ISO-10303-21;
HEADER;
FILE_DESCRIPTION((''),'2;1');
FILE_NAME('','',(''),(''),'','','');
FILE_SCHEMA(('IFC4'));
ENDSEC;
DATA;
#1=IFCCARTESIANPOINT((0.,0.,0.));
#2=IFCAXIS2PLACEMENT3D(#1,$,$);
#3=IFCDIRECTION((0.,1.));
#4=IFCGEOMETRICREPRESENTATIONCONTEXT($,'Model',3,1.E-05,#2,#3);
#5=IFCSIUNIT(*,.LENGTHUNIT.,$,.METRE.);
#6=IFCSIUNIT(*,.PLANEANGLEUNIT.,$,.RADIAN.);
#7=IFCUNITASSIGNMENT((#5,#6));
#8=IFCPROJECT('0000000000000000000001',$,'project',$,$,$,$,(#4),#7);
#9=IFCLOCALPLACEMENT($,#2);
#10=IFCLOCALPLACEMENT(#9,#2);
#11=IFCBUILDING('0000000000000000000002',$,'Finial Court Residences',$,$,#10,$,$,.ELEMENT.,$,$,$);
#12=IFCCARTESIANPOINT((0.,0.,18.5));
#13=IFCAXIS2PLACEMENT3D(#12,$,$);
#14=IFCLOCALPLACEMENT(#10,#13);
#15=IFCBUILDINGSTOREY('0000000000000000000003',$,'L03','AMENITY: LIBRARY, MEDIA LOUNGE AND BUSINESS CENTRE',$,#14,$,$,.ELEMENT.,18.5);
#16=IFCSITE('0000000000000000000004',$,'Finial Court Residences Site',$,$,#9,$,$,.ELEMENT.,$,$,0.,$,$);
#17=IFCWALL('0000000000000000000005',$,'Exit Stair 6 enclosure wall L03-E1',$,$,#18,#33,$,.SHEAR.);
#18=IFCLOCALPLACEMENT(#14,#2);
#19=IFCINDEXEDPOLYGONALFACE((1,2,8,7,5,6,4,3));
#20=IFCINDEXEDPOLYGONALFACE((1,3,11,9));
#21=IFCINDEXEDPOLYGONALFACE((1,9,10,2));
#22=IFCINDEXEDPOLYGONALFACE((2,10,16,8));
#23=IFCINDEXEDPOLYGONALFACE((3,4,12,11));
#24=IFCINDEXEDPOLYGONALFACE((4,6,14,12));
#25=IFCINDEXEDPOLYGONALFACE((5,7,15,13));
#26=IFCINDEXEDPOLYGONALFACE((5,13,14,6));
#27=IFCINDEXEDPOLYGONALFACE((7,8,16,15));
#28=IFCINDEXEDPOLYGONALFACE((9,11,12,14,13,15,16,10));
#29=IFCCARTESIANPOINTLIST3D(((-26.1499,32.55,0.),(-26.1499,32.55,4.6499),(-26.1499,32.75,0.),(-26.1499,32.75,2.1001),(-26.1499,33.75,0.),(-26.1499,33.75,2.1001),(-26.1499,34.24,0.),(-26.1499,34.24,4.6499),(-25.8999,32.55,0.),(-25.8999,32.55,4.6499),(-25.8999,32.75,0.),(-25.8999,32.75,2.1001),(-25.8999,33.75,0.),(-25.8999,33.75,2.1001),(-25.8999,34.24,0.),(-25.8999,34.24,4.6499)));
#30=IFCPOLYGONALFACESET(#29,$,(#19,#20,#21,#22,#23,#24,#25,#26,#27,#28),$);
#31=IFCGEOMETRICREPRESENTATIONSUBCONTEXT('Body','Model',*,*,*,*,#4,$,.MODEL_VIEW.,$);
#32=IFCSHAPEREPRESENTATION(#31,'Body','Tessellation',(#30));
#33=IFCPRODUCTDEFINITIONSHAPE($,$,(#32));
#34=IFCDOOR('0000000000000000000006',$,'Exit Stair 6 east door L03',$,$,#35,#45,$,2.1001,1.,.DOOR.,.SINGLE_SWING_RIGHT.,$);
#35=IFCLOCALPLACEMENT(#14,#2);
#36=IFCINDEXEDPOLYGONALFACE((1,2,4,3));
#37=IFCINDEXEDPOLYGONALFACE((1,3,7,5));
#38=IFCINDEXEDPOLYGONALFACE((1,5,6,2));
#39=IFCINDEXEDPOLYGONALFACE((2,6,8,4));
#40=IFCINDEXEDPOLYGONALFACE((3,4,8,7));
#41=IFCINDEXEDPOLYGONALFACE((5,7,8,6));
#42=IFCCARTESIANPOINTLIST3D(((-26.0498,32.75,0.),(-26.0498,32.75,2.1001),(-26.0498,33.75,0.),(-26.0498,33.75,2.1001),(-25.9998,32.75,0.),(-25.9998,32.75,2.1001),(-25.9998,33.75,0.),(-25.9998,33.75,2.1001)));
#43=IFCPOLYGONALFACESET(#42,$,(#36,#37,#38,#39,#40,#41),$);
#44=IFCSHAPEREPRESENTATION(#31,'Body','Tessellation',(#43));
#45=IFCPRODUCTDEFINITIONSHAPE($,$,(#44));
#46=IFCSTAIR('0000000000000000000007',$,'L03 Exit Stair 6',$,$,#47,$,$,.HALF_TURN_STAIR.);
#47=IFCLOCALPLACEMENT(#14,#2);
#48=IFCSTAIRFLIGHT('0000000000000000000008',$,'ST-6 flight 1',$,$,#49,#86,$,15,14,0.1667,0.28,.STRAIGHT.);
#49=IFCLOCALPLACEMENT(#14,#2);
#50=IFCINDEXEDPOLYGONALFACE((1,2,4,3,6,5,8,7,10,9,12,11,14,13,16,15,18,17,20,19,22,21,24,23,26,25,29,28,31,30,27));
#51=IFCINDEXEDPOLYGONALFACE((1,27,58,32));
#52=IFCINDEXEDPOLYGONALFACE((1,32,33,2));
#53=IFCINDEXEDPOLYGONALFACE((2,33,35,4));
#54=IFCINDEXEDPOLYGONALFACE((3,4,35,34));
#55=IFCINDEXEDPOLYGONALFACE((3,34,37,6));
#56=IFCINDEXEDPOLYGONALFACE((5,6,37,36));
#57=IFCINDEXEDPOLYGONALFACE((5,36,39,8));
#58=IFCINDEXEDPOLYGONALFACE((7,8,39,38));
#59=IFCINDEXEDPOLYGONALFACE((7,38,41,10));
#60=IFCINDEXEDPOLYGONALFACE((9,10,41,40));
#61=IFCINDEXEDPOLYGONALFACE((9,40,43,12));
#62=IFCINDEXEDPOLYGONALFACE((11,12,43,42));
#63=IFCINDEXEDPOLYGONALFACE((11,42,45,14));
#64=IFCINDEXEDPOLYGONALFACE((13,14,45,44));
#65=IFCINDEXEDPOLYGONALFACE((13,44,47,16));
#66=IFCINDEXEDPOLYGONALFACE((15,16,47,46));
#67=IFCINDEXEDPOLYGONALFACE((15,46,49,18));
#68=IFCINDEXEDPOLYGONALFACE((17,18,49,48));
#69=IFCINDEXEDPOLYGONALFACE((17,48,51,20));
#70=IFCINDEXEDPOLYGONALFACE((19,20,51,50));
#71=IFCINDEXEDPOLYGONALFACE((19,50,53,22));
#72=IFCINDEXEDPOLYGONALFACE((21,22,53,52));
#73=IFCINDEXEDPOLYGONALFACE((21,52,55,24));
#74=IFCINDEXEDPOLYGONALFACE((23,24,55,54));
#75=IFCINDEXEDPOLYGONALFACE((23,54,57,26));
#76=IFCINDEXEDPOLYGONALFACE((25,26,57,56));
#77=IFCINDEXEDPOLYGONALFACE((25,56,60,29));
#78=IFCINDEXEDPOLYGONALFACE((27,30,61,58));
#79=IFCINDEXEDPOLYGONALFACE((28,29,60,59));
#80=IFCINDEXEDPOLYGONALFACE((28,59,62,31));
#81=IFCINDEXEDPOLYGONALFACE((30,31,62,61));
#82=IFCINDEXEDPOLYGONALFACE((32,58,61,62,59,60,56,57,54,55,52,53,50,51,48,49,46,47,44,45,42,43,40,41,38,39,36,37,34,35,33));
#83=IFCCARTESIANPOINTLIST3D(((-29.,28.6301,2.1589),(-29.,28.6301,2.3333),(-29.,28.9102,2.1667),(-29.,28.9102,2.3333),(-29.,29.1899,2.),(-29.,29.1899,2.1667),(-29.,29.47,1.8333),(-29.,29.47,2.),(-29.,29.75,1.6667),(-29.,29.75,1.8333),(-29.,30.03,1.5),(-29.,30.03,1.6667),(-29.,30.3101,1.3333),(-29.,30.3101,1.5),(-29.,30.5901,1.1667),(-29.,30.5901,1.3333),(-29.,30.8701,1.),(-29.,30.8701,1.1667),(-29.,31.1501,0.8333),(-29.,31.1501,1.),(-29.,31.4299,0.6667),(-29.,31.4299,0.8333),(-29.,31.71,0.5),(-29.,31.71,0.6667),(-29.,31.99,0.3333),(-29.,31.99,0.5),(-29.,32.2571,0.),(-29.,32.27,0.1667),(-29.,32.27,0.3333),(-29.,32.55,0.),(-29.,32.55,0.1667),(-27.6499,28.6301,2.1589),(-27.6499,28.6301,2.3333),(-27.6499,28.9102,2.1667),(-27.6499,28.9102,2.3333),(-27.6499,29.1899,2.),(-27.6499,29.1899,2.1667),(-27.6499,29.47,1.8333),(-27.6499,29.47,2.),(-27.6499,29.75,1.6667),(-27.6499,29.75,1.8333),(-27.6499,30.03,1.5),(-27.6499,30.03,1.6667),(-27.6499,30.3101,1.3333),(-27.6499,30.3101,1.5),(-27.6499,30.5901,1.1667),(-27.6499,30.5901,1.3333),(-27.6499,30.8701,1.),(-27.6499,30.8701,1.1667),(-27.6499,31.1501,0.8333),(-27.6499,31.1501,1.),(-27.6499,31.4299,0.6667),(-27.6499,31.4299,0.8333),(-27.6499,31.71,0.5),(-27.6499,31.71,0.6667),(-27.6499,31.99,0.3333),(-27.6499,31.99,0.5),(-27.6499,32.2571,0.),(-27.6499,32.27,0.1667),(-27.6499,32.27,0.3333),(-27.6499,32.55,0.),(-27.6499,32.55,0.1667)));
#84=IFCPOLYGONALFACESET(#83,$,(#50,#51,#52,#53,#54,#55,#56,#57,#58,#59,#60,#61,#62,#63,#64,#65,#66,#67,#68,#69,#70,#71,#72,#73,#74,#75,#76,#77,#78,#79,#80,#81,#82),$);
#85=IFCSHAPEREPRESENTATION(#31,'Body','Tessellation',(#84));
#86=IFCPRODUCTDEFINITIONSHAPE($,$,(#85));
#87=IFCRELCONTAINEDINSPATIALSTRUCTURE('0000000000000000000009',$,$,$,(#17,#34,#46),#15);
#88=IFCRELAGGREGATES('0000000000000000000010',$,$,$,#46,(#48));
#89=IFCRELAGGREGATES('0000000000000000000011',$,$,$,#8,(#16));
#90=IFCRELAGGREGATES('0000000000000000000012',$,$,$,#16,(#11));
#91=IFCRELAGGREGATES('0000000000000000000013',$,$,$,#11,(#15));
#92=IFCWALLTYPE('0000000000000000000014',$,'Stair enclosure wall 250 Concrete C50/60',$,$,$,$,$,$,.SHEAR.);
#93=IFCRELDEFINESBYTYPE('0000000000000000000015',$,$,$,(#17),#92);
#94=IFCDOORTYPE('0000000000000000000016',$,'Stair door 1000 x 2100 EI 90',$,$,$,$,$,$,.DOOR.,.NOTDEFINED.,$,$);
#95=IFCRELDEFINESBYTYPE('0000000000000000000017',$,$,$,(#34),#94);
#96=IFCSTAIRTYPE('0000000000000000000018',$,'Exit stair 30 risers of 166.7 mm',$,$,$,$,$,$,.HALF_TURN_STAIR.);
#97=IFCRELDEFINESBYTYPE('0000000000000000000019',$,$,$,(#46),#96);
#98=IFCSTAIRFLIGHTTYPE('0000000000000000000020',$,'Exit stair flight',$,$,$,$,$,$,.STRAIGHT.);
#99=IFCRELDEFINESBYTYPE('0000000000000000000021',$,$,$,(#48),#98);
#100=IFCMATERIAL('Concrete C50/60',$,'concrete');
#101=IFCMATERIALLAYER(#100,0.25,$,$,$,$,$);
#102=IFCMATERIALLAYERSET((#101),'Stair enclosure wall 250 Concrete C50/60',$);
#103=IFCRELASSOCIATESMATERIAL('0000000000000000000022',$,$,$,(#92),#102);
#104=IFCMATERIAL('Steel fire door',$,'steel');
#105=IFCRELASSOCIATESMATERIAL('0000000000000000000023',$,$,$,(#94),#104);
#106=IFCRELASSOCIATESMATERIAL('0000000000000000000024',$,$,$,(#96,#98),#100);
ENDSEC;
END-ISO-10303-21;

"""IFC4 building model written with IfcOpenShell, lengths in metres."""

from ifc_helpers import new_model, si_unit, direction, frame, frame_2d, origin, place, context, subcontext, project, spatial, polyline, rectangle, outline, extrude, material, layer, layer_set, type_object, element, fill, aggregate, save


model = new_model("IFC4")

# Units and contexts
model_context = context("Model", 3, precision=1e-05, world=origin(), true_north=direction((0.0, 1.0)))
body_context = subcontext(model_context, "Body", "Model", "MODEL_VIEW")
ifc_project = project(units=[si_unit("LENGTHUNIT", "METRE"), si_unit("PLANEANGLEUNIT", "RADIAN")], contexts=[model_context])

# Site, building, storey
site_placement = place(None, origin())
site = spatial("IfcSite", under=ifc_project, at=site_placement, Name="Finial Court Residences Site", CompositionType="ELEMENT", RefElevation=0.0)
building_placement = place(site_placement, origin())
building = spatial("IfcBuilding", under=site, at=building_placement, Name="Finial Court Residences", CompositionType="ELEMENT")
storey_placement = place(building_placement, frame((0.0, 0.0, 18.5)))
storey = spatial("IfcBuildingStorey", under=building, at=storey_placement, Name="L03", Description="AMENITY: LIBRARY, MEDIA LOUNGE AND BUSINESS CENTRE", CompositionType="ELEMENT", Elevation=18.5)

# Wall, opening, door
ifc_material_1 = material(Name="Concrete C50/60", Category="concrete")
ifc_layer_1 = layer(ifc_material_1, 0.25)
ifc_layer_set_1 = layer_set([ifc_layer_1], Name="Stair enclosure wall 250 Concrete C50/60")
wall_type = type_object("IfcWallType", Name="Stair enclosure wall 250 Concrete C50/60", PredefinedType="SHEAR", material=ifc_layer_set_1)
ifc_material_2 = material(Name="Steel fire door", Category="steel")
door_type = type_object("IfcDoorType", Name="Stair door 1000 x 2100 EI 90", OperationType="NOTDEFINED", PredefinedType="DOOR", material=ifc_material_2)
wall_1_placement = place(storey_placement, frame((-26.0249, 32.55, 0.0), z_axis=(0.0, 0.0, 1.0), x_axis=(0.0, 1.0, 0.0)))
wall_1 = element("IfcWall", 1, at=wall_1_placement, inside=storey, type_object=wall_type, Name="Exit Stair 6 enclosure wall L03-E1", PredefinedType="SHEAR", context=body_context, shape_type="SweptSolid", body=[
    extrude(rectangle(XDim=1.6899, YDim=0.25, at=frame_2d((0.845, 0.0))), origin(), (0.0, 0.0, 1.0), 4.6499),
])
opening_1_placement = place(wall_1_placement, frame((0.2, 0.0, 0.0)))
opening_1 = element("IfcOpeningElement", 2, at=opening_1_placement, cuts=wall_1, PredefinedType="OPENING", context=body_context, shape_type="SweptSolid", body=[
    extrude(rectangle(XDim=1.0, YDim=2.1001, at=frame_2d((0.5, 1.05))), frame((0.0, 0.135, 0.0), z_axis=(0.0, -1.0, 0.0), x_axis=(1.0, 0.0, 0.0)), (0.0, 0.0, 1.0), 0.27),
])
door_1_placement = place(opening_1_placement, origin())
door_1 = element("IfcDoor", 3, at=door_1_placement, inside=storey, type_object=door_type, Name="Exit Stair 6 east door L03", OperationType="SINGLE_SWING_RIGHT", OverallHeight=2.1001, OverallWidth=1.0, PredefinedType="DOOR", context=body_context, shape_type="SweptSolid", body=[
    extrude(rectangle(XDim=1.0, YDim=2.1001, at=frame_2d((0.5, 1.05))), frame((0.0, 0.0249, 0.0), z_axis=(0.0, -1.0, 0.0), x_axis=(1.0, 0.0, 0.0)), (0.0, 0.0, 1.0), 0.05),
])
fill(opening_1, door_1)

# Stair, stair flight
stair_type = type_object("IfcStairType", Name="Exit stair 30 risers of 166.7 mm", PredefinedType="HALF_TURN_STAIR", material=ifc_material_1)
stair_placement = place(storey_placement, origin())
stair = element("IfcStair", 4, at=stair_placement, inside=storey, type_object=stair_type, Name="L03 Exit Stair 6", PredefinedType="HALF_TURN_STAIR")
stair_flight_type = type_object("IfcStairFlightType", Name="Exit stair flight", PredefinedType="STRAIGHT", material=ifc_material_1)
stair_flight_placement = place(storey_placement, frame((-28.325, 32.55, 0.0), z_axis=(0.0, 0.0, 1.0), x_axis=(0.0, -1.0, 0.0)))
stair_flight = element("IfcStairFlight", 5, at=stair_flight_placement, type_object=stair_flight_type, Name="ST-6 flight 1", NumberOfRisers=15, NumberOfTreads=14, PredefinedType="STRAIGHT", RiserHeight=0.1667, TreadLength=0.28, context=body_context, shape_type="SweptSolid", body=[
    extrude(outline(polyline([(0.0, 0.0), (0.0, 0.1667), (0.28, 0.1667), (0.28, 0.3333), (0.5601, 0.3333), (0.5601, 0.5), (0.8401, 0.5), (0.8401, 0.6667), (1.1201, 0.6667), (1.1201, 0.8333), (1.3999, 0.8333), (1.3999, 1.0), (1.6799, 1.0), (1.6799, 1.1667), (1.96, 1.1667), (1.96, 1.3333), (2.24, 1.3333), (2.24, 1.5), (2.52, 1.5), (2.52, 1.6667), (2.8, 1.6667), (2.8, 1.8333), (3.0801, 1.8333), (3.0801, 2.0), (3.3601, 2.0), (3.3601, 2.1667), (3.6399, 2.1667), (3.6399, 2.3333), (3.9199, 2.3333), (3.9199, 2.5), (3.9199, 2.1589), (0.293, 0.0), (0.0, 0.0)])), frame((0.0, 0.675, 0.0), z_axis=(0.0, -1.0, 0.0), x_axis=(1.0, 0.0, 0.0)), (0.0, 0.0, 1.0), 1.3501),
])
aggregate(stair, [stair_flight])

save(model, "model.ifc")
